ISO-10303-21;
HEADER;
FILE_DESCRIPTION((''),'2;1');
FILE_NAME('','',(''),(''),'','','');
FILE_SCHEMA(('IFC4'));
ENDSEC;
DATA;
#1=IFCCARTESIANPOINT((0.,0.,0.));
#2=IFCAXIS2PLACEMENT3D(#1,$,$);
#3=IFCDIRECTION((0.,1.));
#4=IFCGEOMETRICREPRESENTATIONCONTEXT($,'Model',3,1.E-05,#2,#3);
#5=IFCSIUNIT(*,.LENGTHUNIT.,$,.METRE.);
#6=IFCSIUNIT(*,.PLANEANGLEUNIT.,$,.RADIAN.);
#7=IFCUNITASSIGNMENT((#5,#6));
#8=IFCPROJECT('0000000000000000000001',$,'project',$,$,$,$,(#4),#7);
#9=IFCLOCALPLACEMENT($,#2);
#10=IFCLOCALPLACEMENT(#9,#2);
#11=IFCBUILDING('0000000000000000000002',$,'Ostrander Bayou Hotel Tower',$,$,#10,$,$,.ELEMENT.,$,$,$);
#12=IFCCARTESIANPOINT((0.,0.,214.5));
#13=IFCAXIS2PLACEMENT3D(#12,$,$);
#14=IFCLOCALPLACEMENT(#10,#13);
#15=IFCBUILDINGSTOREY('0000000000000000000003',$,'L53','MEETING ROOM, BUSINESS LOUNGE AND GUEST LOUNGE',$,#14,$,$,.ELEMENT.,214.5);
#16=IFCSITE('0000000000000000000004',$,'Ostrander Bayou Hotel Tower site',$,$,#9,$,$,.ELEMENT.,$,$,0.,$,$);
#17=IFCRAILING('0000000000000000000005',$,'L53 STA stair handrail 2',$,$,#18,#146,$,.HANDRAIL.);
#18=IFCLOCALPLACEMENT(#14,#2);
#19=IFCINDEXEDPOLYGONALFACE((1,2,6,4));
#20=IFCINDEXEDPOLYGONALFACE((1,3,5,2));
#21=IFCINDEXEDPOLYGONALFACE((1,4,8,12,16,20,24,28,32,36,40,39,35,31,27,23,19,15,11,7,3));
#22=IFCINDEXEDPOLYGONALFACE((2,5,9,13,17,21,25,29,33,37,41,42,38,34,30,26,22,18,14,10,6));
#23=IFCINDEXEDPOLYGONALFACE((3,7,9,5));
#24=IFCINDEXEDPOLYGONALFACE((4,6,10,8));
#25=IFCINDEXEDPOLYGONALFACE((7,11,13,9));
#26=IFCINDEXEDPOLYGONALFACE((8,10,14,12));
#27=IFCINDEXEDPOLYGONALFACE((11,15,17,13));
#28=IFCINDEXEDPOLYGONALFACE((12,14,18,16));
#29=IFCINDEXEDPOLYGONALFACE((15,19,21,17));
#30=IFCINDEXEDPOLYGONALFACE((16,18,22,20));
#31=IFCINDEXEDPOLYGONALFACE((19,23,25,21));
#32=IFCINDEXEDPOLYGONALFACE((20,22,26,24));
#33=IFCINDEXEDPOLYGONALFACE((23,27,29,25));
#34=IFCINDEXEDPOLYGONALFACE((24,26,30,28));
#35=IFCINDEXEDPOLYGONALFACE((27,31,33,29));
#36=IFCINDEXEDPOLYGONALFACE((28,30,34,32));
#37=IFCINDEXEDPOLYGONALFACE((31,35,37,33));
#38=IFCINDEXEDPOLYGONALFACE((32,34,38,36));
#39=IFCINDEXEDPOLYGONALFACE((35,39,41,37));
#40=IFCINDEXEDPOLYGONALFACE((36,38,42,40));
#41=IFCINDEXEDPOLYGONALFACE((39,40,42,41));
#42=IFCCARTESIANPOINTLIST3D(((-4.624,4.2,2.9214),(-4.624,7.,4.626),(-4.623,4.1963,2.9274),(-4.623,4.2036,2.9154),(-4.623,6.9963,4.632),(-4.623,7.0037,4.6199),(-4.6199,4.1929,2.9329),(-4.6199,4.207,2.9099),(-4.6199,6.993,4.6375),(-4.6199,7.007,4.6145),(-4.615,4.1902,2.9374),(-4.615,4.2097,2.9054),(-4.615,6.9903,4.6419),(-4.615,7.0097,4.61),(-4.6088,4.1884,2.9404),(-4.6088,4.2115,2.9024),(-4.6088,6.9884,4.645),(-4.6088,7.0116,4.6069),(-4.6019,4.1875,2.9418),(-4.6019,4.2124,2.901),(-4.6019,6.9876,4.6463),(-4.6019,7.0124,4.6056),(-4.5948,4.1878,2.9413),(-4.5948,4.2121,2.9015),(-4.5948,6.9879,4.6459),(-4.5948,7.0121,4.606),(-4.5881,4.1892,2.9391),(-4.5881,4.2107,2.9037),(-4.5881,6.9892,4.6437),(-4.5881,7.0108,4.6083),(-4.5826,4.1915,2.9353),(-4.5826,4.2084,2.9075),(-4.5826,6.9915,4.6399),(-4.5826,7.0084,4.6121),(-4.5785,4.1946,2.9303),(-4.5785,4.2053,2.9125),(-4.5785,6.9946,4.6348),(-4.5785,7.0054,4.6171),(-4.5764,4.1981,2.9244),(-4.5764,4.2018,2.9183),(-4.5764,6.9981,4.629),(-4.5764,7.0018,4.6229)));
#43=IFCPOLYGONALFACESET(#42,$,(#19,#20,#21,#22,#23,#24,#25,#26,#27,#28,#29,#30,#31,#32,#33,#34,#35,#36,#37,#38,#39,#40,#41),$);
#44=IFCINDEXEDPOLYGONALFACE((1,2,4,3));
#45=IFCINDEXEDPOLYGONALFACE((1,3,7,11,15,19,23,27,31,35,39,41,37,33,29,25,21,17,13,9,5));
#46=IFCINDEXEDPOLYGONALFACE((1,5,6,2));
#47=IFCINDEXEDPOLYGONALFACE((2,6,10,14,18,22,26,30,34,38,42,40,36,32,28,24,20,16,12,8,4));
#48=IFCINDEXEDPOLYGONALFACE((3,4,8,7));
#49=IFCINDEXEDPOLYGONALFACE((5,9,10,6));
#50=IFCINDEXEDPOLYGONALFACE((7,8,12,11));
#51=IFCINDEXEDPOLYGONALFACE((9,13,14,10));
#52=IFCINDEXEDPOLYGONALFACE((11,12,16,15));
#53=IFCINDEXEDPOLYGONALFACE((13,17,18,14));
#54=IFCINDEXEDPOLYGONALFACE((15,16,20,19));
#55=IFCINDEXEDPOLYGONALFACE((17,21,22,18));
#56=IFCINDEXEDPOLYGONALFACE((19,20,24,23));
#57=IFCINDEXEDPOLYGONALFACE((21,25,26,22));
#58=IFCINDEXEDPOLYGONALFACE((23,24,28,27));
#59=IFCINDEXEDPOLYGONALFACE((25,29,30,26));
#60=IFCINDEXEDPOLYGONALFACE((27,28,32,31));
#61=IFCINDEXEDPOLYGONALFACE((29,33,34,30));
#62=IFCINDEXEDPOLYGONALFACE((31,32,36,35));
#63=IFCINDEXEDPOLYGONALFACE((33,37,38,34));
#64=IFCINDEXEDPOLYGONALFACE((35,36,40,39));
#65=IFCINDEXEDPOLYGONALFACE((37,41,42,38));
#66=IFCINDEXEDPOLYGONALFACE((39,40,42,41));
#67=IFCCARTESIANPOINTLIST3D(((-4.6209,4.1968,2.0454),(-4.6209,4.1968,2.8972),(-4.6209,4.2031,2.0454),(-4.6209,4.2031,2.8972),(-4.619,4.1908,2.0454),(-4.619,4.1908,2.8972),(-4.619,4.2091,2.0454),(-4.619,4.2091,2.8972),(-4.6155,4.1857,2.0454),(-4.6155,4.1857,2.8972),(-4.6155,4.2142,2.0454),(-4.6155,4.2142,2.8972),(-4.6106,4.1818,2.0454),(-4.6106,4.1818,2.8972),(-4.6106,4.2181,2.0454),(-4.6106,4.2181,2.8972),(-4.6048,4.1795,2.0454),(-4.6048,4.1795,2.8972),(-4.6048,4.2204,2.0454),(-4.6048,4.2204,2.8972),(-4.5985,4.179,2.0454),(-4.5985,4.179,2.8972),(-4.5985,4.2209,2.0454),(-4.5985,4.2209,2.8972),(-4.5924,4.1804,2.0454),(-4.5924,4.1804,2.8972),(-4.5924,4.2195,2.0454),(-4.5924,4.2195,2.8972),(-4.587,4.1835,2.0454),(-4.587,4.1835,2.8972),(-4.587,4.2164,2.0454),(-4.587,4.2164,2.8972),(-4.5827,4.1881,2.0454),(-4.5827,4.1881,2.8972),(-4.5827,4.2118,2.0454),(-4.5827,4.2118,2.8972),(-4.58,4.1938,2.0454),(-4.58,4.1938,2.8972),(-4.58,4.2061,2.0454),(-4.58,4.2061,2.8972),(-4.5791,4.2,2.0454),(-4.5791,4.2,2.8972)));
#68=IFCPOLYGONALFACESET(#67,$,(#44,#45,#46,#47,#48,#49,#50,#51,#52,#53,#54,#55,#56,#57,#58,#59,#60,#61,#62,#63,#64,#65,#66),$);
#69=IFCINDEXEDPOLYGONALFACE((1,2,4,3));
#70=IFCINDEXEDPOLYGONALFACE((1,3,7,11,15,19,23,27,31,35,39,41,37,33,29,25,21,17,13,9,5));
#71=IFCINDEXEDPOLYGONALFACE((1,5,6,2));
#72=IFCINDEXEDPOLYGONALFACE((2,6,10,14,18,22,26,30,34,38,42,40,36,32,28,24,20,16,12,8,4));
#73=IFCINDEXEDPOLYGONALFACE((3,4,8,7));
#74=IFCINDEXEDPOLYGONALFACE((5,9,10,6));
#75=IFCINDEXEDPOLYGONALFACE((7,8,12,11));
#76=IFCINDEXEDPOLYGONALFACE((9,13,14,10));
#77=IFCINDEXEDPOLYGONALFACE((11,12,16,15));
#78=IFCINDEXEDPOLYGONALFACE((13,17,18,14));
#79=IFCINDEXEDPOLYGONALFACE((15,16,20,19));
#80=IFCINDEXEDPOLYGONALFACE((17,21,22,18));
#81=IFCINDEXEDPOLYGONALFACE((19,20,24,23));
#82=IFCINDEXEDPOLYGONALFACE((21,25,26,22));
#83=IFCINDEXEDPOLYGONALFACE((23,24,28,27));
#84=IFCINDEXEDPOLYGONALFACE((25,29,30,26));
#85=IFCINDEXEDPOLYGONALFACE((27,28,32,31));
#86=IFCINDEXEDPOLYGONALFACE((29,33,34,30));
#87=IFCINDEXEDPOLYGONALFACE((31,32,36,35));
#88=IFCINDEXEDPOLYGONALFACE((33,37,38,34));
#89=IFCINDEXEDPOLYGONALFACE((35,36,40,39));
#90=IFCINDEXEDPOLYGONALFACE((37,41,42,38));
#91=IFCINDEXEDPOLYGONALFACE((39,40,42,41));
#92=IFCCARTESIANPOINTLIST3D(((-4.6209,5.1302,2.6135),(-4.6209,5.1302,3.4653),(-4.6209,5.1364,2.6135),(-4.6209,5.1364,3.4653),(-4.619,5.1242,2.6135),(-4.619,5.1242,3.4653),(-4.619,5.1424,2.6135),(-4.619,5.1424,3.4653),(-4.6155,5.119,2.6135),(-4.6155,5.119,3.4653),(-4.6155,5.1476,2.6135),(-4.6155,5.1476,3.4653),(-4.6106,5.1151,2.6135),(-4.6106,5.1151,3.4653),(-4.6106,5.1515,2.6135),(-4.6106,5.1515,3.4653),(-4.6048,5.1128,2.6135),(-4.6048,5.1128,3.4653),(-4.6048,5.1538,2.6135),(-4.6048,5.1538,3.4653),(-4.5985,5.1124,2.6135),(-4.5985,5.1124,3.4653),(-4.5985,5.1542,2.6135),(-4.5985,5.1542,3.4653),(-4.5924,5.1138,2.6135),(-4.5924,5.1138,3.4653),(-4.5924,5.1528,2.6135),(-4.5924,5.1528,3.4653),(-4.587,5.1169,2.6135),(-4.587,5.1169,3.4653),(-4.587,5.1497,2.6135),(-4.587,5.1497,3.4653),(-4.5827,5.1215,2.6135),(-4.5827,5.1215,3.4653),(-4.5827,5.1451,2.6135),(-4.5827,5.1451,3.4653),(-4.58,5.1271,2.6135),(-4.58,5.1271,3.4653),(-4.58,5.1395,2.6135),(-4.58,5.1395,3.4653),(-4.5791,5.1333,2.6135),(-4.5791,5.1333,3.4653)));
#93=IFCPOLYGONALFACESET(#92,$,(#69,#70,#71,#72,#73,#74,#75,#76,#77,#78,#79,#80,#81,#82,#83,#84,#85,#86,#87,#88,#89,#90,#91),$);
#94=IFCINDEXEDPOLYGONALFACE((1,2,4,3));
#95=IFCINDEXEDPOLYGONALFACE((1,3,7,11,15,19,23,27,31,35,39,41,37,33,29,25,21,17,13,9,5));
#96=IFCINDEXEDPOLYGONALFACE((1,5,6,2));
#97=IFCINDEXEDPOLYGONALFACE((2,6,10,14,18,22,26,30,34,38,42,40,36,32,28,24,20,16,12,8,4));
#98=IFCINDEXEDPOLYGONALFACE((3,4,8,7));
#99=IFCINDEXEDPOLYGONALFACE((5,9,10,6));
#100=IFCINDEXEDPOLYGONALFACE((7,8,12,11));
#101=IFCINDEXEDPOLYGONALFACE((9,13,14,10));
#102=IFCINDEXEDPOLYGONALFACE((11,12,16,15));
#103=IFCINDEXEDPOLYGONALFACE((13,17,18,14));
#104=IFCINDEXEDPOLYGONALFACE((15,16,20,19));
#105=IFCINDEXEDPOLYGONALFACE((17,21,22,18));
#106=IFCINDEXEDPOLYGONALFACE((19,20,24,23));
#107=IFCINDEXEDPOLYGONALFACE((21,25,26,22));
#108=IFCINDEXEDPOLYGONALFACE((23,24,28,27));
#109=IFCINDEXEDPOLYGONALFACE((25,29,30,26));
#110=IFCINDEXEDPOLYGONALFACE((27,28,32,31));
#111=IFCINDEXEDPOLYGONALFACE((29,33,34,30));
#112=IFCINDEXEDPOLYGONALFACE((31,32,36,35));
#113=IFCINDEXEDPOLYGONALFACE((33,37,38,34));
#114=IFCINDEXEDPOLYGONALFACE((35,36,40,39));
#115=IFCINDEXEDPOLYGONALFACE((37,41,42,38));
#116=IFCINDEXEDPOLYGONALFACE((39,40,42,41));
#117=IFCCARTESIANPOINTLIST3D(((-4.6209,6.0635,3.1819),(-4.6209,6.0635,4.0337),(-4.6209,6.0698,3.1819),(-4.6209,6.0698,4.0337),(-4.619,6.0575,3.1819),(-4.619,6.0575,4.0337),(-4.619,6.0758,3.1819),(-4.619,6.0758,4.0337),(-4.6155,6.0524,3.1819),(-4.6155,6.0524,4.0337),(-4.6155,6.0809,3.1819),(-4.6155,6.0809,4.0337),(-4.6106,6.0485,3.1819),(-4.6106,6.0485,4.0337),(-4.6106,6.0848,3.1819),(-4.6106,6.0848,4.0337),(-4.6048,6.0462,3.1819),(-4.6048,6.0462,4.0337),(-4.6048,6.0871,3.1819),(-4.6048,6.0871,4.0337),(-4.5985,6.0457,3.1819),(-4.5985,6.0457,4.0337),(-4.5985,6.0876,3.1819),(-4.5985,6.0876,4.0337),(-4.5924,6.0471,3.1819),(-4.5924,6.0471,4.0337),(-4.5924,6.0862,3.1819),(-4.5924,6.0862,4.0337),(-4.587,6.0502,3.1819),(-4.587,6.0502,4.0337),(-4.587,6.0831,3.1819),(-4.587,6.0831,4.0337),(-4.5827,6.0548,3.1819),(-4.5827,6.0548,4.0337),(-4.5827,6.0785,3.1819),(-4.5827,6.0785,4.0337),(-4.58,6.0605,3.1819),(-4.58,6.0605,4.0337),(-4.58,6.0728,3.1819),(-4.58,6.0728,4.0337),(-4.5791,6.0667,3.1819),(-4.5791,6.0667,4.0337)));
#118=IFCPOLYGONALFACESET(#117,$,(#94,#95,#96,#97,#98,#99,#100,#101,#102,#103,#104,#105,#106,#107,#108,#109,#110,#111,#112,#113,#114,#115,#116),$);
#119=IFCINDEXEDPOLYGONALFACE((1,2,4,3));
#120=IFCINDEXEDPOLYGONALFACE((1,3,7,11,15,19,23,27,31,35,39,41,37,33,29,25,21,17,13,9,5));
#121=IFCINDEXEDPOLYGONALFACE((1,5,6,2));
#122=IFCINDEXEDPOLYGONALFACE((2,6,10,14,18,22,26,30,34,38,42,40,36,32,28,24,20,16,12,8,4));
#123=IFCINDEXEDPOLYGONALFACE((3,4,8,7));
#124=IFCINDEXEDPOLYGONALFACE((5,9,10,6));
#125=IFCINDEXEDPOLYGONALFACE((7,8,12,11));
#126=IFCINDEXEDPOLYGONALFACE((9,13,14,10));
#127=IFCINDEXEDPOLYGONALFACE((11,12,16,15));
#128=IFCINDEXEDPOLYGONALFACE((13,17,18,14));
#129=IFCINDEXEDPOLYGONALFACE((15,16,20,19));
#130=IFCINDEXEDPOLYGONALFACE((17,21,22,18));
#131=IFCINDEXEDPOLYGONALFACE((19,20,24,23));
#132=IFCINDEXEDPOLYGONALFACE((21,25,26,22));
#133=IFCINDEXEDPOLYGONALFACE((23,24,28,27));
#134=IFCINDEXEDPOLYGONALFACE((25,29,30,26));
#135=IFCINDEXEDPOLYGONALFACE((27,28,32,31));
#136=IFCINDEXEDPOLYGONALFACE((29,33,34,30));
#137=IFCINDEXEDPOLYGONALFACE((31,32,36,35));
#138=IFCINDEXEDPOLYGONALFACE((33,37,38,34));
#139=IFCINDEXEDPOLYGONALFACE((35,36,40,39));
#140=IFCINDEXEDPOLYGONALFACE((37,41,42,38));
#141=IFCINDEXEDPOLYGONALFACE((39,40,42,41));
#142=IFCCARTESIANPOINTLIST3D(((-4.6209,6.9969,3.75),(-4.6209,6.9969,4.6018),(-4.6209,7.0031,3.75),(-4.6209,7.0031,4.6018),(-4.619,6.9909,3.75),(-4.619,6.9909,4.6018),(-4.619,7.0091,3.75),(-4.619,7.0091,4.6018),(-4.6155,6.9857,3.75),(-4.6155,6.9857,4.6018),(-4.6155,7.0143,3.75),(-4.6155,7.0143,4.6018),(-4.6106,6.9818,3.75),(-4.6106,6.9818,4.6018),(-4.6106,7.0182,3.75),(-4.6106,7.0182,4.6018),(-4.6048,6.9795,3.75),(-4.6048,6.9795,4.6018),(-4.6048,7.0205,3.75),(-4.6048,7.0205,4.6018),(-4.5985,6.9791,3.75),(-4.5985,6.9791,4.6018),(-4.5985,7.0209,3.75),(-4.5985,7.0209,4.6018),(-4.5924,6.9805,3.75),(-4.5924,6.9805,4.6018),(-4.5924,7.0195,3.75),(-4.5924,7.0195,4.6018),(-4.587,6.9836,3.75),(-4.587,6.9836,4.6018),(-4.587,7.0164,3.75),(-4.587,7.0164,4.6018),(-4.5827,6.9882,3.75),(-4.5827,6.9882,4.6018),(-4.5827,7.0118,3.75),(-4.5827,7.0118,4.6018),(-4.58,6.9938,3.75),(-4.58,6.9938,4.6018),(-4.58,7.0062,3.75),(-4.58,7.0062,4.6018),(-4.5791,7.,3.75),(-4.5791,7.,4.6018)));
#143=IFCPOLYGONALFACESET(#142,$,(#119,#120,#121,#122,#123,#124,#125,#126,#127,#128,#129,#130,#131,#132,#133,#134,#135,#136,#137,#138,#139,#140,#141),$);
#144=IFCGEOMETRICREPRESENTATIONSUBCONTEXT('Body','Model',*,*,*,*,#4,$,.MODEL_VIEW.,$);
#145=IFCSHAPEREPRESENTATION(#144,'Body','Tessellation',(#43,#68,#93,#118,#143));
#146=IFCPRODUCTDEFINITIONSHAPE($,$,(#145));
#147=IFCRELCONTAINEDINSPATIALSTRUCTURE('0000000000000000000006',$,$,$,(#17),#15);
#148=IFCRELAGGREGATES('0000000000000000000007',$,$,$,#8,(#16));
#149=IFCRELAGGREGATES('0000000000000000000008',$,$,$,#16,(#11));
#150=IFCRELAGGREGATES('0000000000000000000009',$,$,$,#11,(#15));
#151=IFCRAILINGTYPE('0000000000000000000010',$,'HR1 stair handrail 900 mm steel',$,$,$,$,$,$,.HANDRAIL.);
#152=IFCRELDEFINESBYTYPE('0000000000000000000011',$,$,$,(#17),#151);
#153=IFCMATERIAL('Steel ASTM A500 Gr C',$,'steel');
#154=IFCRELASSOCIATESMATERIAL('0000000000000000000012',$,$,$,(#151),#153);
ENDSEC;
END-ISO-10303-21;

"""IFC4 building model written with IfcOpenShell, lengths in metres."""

from ifc_helpers import new_model, si_unit, direction, frame, origin, origin_2d, place, context, subcontext, project, spatial, circle, extrude, material, type_object, element, save


model = new_model("IFC4")

# Units and contexts
model_context = context("Model", 3, precision=1e-05, world=origin(), true_north=direction((0.0, 1.0)))
body_context = subcontext(model_context, "Body", "Model", "MODEL_VIEW")
ifc_project = project(units=[si_unit("LENGTHUNIT", "METRE"), si_unit("PLANEANGLEUNIT", "RADIAN")], contexts=[model_context])

# Site, building, storey
site_placement = place(None, origin())
site = spatial("IfcSite", under=ifc_project, at=site_placement, Name="Ostrander Bayou Hotel Tower site", CompositionType="ELEMENT", RefElevation=0.0)
building_placement = place(site_placement, origin())
building = spatial("IfcBuilding", under=site, at=building_placement, Name="Ostrander Bayou Hotel Tower", CompositionType="ELEMENT")
storey_placement = place(building_placement, frame((0.0, 0.0, 214.5)))
storey = spatial("IfcBuildingStorey", under=building, at=storey_placement, Name="L53", Description="MEETING ROOM, BUSINESS LOUNGE AND GUEST LOUNGE", CompositionType="ELEMENT", Elevation=214.5)

# Railing
ifc_material_1 = material(Name="Steel ASTM A500 Gr C", Category="steel")
railing_type_1 = type_object("IfcRailingType", Name="HR1 stair handrail 900 mm steel", PredefinedType="HANDRAIL", material=ifc_material_1)
railing_1_placement = place(storey_placement, frame((-4.6001, 4.2, 2.0454)))
element("IfcRailing", 1, at=railing_1_placement, inside=storey, type_object=railing_type_1, Name="L53 STA stair handrail 2", PredefinedType="HANDRAIL", context=body_context, shape_type="SweptSolid", body=[
    extrude(circle(Radius=0.0239, at=origin_2d()), frame((0.0, 0.0, 0.876), z_axis=(0.0, 0.85417, 0.519994), x_axis=(-1.0, 0.0, 0.0)), (0.0, 0.0, 1.0), 3.2781),
    extrude(circle(Radius=0.021, at=origin_2d()), origin(), (0.0, 0.0, 1.0), 0.8518),
    extrude(circle(Radius=0.021, at=origin_2d()), frame((0.0, 0.9333, 0.5681)), (0.0, 0.0, 1.0), 0.8518),
    extrude(circle(Radius=0.021, at=origin_2d()), frame((0.0, 1.8667, 1.1365)), (0.0, 0.0, 1.0), 0.8518),
    extrude(circle(Radius=0.021, at=origin_2d()), frame((0.0, 2.8, 1.7046)), (0.0, 0.0, 1.0), 0.8518),
])

save(model, "model.ifc")
